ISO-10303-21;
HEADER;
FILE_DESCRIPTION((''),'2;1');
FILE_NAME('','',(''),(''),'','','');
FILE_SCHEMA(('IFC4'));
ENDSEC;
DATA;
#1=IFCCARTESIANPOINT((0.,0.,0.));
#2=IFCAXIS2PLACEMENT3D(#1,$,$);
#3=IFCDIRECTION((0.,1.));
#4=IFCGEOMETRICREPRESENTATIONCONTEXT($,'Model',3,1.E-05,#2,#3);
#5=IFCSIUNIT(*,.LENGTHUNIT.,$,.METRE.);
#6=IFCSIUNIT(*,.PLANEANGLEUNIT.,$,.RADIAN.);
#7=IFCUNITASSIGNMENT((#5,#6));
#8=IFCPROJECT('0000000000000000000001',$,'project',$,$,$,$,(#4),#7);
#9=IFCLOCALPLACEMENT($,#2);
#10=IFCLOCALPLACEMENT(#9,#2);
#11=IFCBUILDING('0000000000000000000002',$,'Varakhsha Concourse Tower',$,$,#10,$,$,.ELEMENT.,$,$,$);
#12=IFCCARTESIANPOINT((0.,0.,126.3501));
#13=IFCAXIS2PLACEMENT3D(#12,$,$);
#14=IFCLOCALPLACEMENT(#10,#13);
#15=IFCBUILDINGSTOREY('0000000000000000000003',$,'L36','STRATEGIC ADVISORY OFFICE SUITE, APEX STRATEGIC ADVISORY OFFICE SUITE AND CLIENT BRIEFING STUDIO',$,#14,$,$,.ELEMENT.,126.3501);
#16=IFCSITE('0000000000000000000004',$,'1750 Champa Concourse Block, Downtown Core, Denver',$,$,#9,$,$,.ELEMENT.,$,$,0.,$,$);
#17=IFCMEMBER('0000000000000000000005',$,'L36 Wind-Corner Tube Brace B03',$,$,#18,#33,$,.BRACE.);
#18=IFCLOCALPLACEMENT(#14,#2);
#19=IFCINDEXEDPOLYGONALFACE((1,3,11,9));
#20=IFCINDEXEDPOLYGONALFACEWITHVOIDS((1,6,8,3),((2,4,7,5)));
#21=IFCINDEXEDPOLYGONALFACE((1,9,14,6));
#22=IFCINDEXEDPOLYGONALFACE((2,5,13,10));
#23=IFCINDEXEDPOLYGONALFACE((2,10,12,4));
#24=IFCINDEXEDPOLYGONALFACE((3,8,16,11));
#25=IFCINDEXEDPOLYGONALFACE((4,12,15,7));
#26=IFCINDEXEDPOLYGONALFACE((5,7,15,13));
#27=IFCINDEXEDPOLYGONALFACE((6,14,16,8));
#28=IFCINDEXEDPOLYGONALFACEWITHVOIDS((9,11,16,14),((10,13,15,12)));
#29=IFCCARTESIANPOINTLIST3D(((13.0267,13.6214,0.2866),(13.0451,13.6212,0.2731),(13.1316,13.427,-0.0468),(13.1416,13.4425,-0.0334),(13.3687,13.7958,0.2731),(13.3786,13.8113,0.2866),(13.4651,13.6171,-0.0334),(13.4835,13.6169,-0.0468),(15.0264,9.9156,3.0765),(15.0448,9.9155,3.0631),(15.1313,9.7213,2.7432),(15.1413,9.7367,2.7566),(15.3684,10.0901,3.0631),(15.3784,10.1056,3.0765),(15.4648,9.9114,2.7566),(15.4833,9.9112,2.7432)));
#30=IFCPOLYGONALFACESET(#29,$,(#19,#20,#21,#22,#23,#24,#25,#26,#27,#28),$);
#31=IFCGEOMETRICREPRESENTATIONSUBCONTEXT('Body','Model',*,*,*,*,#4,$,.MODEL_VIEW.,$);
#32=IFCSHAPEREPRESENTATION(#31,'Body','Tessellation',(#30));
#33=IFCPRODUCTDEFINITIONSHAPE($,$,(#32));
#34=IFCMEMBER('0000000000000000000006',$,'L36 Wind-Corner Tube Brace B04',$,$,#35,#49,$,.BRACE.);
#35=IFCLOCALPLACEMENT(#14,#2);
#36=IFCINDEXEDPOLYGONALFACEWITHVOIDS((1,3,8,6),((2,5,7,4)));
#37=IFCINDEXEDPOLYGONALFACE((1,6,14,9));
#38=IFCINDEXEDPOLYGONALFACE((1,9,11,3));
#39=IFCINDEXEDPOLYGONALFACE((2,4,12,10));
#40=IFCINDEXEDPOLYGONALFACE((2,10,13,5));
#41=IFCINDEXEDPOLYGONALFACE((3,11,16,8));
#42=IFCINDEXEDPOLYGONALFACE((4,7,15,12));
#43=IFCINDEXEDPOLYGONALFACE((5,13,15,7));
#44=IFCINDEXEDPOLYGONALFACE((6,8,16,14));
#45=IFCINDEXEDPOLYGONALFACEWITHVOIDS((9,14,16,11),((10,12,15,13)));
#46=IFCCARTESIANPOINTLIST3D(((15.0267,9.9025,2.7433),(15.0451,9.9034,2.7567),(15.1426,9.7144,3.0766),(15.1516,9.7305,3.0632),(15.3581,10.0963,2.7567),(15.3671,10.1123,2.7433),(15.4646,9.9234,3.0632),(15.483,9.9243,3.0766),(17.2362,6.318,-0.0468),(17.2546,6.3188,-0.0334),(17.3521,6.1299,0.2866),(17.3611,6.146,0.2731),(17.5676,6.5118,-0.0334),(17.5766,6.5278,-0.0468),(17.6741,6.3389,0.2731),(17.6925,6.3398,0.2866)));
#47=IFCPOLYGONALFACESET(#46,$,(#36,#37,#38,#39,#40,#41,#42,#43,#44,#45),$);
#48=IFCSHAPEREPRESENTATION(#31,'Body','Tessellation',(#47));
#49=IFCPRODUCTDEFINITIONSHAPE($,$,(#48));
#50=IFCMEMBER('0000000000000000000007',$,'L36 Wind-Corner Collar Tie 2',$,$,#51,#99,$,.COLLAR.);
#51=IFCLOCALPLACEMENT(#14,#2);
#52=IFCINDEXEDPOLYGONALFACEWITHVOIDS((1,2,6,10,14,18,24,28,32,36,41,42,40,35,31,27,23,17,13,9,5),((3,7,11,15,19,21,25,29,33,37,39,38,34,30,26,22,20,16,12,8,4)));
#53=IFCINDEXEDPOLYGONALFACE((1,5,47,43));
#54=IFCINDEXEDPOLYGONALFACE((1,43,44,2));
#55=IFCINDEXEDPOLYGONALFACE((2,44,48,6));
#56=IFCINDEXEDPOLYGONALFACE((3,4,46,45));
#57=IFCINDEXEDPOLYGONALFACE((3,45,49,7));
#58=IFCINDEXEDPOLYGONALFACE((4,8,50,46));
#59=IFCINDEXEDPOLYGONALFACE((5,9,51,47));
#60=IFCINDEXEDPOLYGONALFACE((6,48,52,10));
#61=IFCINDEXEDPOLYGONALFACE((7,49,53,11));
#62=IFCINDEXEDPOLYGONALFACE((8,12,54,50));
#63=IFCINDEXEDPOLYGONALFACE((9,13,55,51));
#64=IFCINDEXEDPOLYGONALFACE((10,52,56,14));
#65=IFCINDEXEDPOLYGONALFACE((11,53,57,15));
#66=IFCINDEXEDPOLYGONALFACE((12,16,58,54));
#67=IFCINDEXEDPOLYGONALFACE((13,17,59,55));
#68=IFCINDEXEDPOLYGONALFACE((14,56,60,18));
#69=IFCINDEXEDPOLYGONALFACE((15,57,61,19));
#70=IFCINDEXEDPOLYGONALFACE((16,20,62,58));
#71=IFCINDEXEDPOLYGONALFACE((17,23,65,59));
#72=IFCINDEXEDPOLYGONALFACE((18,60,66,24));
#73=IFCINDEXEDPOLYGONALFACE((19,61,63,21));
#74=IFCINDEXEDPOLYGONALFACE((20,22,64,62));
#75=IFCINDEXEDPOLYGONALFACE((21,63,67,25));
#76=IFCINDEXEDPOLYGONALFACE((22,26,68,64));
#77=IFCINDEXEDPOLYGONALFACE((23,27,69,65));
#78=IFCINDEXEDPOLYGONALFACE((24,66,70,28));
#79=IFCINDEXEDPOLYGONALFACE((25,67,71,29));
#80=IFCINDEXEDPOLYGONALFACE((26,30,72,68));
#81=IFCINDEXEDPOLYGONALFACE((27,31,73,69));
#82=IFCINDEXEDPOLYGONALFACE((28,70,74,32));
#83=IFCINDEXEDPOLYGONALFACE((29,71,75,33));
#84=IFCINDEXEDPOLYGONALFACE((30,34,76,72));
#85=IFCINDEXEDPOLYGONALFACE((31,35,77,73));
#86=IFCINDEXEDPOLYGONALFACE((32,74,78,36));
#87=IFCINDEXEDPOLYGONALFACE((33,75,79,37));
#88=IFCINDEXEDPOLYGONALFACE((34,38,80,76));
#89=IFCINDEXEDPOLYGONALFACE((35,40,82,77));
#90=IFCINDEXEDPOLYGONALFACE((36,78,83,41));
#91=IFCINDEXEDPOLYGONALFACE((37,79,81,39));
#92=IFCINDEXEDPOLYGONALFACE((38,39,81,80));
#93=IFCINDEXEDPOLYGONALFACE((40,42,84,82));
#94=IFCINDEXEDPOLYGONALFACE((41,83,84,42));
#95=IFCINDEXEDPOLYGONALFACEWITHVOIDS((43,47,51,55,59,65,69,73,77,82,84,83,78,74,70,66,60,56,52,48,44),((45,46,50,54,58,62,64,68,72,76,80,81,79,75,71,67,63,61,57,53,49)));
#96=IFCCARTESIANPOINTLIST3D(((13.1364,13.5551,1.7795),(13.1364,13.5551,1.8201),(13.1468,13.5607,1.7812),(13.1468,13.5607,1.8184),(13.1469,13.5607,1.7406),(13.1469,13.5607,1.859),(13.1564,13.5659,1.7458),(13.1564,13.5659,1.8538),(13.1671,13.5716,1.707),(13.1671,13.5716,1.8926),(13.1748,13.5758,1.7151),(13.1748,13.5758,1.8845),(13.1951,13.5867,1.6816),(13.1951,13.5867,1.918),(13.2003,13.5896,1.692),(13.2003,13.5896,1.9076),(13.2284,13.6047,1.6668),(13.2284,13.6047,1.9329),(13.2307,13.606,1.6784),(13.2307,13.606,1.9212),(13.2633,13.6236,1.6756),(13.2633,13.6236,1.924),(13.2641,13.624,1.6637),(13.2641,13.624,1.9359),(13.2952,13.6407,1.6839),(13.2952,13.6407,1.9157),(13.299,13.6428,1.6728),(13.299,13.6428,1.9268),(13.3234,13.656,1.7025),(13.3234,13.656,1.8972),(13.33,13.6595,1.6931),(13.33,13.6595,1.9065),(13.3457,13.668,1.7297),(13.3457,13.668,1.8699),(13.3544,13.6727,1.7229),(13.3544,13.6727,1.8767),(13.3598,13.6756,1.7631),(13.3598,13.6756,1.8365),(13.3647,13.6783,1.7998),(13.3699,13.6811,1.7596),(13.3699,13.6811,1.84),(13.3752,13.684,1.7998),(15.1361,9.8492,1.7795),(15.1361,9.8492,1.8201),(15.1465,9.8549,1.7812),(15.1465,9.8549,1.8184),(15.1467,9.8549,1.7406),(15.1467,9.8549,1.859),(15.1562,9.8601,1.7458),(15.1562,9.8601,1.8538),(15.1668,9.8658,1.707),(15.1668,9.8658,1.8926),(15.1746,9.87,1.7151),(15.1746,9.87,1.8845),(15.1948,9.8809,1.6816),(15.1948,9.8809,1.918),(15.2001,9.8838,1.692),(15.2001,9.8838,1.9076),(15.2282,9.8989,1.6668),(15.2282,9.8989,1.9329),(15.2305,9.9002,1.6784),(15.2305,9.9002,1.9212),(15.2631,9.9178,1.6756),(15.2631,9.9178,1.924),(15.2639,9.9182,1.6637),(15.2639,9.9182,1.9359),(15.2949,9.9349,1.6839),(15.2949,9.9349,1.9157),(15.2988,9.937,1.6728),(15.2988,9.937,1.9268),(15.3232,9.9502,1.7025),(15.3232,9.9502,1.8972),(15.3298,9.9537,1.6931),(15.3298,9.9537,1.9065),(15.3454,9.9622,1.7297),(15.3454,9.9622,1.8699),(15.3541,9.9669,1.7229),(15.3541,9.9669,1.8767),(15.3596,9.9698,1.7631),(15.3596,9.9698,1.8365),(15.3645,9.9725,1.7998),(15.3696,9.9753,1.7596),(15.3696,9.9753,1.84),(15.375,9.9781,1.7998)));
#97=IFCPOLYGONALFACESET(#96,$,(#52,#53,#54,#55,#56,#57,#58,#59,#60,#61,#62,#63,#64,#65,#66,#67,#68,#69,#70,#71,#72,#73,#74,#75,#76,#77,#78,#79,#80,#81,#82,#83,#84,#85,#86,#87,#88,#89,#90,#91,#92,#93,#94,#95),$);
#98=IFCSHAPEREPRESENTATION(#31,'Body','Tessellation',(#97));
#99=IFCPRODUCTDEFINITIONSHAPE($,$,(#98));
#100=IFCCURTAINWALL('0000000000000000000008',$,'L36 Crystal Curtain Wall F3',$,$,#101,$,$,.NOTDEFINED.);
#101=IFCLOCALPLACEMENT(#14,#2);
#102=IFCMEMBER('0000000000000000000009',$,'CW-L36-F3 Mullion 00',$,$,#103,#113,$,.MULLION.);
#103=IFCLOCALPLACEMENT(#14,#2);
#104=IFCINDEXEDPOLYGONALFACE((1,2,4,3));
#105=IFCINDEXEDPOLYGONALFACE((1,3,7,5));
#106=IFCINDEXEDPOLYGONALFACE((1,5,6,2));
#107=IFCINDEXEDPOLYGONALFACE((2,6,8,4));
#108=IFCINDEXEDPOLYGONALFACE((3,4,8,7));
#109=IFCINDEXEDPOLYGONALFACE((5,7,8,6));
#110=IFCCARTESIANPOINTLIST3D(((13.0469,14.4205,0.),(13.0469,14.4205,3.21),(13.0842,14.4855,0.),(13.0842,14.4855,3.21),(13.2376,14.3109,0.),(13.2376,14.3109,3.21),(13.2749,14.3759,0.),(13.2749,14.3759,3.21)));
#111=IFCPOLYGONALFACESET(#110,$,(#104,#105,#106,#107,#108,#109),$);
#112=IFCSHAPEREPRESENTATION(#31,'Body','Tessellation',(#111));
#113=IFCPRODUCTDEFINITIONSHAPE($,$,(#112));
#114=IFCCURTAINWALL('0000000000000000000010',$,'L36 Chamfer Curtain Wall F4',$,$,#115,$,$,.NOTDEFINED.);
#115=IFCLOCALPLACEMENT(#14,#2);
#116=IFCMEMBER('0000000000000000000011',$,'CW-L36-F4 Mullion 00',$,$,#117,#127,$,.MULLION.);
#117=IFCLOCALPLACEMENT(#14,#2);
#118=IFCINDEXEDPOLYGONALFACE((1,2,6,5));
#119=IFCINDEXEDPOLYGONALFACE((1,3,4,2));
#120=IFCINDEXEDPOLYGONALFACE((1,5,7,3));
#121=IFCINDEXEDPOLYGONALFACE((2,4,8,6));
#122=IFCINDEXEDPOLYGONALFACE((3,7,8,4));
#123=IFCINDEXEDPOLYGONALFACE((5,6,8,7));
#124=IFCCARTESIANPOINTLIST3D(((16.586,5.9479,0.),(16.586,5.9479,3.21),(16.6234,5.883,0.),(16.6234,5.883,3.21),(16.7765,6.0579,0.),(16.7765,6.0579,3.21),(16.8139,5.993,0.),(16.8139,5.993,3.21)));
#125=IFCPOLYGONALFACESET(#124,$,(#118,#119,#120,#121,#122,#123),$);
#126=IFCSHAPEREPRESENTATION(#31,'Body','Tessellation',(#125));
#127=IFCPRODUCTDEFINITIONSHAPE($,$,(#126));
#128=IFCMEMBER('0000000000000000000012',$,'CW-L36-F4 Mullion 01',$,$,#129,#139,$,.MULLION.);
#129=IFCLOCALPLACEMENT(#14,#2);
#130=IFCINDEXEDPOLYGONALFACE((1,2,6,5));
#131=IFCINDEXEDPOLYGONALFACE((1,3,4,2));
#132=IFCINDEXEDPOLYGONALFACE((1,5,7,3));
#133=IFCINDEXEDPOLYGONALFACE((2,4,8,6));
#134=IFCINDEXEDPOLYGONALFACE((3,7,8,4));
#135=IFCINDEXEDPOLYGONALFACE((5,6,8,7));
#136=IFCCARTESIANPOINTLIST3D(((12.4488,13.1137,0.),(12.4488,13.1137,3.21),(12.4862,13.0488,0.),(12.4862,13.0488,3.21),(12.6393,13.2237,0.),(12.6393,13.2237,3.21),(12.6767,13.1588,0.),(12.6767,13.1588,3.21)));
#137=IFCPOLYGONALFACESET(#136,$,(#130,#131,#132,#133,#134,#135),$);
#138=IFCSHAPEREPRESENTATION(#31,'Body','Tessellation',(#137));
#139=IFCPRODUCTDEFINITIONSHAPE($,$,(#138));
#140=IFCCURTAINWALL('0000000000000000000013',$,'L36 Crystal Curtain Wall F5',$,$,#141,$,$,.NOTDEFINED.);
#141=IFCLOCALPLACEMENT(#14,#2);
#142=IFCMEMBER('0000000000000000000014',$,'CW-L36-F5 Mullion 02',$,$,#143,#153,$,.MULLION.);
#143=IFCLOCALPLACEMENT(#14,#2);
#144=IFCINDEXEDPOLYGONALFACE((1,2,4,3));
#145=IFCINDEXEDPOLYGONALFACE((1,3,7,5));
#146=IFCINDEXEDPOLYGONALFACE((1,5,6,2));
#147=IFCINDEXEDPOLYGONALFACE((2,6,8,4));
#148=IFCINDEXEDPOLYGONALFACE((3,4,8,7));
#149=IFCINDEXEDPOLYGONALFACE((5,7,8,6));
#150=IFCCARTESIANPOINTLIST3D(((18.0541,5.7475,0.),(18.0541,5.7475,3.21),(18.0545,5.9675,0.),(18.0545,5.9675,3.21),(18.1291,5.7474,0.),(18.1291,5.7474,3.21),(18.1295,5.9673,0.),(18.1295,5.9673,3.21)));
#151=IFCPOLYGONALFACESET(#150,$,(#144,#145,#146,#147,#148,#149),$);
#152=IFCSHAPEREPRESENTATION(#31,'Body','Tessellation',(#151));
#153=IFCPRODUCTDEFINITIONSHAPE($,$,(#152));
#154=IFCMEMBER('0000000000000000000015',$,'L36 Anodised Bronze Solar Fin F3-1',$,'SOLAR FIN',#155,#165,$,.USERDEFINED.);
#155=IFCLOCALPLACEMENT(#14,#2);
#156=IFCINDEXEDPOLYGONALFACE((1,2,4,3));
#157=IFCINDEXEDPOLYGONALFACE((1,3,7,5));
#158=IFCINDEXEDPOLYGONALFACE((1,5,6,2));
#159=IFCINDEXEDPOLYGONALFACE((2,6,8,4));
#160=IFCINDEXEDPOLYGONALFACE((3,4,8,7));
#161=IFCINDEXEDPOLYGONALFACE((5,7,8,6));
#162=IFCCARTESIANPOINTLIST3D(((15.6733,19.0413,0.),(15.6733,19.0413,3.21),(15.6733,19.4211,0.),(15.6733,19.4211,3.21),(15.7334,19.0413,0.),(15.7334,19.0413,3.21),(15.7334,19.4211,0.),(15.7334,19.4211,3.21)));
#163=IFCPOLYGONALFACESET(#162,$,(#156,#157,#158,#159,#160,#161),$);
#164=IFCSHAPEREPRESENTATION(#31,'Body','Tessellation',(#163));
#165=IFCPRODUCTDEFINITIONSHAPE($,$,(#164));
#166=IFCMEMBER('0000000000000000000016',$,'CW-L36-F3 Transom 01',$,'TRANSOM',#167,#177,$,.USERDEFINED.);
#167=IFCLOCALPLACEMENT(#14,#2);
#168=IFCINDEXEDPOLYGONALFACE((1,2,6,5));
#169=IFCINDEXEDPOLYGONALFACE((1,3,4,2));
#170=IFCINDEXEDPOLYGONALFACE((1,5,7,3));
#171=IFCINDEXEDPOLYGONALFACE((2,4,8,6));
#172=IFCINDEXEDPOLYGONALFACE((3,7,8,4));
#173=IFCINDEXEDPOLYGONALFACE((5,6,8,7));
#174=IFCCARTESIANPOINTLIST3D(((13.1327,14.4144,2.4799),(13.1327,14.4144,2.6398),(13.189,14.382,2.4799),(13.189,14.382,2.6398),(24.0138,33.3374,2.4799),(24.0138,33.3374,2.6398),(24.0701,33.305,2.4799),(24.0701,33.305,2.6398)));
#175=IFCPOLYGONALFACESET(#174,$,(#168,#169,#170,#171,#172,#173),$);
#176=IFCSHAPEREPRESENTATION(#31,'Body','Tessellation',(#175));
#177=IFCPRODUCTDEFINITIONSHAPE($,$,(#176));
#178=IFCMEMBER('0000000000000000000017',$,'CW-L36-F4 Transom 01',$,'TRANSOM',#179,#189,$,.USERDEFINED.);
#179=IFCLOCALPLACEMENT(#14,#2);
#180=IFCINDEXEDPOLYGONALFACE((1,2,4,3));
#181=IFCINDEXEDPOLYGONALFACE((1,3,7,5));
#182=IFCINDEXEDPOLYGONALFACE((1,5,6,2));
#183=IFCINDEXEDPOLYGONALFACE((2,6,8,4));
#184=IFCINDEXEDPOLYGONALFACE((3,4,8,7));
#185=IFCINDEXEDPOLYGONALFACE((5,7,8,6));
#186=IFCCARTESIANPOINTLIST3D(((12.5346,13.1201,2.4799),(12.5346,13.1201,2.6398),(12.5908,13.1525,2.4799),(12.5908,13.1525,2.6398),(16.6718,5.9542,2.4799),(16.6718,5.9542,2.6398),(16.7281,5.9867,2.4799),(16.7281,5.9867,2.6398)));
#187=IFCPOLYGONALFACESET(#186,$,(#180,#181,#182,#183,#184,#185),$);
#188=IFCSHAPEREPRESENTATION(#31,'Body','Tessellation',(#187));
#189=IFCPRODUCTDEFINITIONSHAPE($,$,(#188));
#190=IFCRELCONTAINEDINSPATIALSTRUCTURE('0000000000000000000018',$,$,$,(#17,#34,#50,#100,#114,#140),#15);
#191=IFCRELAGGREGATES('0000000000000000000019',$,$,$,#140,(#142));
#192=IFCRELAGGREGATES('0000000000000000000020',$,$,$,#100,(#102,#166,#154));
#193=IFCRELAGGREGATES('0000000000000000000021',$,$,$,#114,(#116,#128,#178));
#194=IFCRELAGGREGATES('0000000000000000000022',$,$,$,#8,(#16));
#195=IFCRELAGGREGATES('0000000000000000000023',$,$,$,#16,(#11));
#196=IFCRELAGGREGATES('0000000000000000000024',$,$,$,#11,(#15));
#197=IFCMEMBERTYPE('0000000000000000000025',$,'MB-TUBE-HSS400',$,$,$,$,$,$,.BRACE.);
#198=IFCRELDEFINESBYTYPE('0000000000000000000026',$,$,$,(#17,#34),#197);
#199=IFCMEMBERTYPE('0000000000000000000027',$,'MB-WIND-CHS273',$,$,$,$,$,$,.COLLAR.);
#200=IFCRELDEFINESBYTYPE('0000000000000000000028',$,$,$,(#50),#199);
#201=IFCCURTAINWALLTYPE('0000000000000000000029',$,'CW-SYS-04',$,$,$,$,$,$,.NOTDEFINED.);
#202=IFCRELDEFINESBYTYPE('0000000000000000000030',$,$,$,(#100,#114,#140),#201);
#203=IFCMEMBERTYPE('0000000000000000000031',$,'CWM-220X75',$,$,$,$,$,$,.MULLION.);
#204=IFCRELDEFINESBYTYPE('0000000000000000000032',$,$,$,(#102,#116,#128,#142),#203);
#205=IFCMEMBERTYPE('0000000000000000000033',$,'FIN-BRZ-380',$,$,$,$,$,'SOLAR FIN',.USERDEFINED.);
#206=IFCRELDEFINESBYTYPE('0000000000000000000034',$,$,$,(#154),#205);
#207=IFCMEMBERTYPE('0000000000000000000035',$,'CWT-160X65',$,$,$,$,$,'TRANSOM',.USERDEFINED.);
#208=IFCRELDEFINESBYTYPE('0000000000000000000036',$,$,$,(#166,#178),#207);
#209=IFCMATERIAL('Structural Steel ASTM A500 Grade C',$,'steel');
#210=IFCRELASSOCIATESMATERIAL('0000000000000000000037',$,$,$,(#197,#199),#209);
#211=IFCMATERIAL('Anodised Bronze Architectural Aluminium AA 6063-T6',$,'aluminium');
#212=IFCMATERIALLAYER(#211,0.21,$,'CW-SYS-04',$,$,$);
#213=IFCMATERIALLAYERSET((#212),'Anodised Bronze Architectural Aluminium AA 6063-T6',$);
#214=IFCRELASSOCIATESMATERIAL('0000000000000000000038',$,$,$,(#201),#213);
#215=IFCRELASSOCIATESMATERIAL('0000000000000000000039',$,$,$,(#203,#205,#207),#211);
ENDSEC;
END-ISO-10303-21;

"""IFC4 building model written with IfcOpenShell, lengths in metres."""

from ifc_helpers import new_model, si_unit, direction, frame, origin, origin_2d, place, context, subcontext, project, spatial, rectangle, hollow_rectangle, hollow_circle, extrude, source, transform, mapped, material, layer, layer_set, material_profile, profile_set, type_object, type_shapes, element, aggregate, save


model = new_model("IFC4")

# Units and contexts
model_context = context("Model", 3, precision=1e-05, world=origin(), true_north=direction((0.0, 1.0)))
body_context = subcontext(model_context, "Body", "Model", "MODEL_VIEW")
ifc_project = project(units=[si_unit("LENGTHUNIT", "METRE"), si_unit("PLANEANGLEUNIT", "RADIAN")], contexts=[model_context])

# Site, building, storey
site_placement = place(None, origin())
site = spatial("IfcSite", under=ifc_project, at=site_placement, Name="1750 Champa Concourse Block, Downtown Core, Denver", CompositionType="ELEMENT", RefElevation=0.0)
building_placement = place(site_placement, origin())
building = spatial("IfcBuilding", under=site, at=building_placement, Name="Varakhsha Concourse Tower", CompositionType="ELEMENT")
storey_placement = place(building_placement, frame((0.0, 0.0, 126.3501)))
storey = spatial("IfcBuildingStorey", under=building, at=storey_placement, Name="L36", Description="STRATEGIC ADVISORY OFFICE SUITE, APEX STRATEGIC ADVISORY OFFICE SUITE AND CLIENT BRIEFING STUDIO", CompositionType="ELEMENT", Elevation=126.3501)

# Members
ifc_material_1 = material(Name="Structural Steel ASTM A500 Grade C", Category="steel")
ifc_material_profile_1 = material_profile(ifc_material_1, hollow_rectangle(XDim=0.3999, YDim=0.3999, WallThickness=0.0161, at=origin_2d()), Name="HSS 400x400x16")
ifc_profile_set_1 = profile_set([ifc_material_profile_1], Name="Structural Steel ASTM A500 Grade C")
member_type_1 = type_object("IfcMemberType", Name="MB-TUBE-HSS400", PredefinedType="BRACE", material=ifc_profile_set_1)
shared_shape_1 = source(origin(), body_context, "Body", "SweptSolid", [
    extrude(hollow_rectangle(XDim=0.3999, YDim=0.3999, WallThickness=0.0161, at=origin_2d()), origin(), (0.0, 0.0, 1.0), 5.0513),
])
type_shapes(member_type_1, [shared_shape_1])
for number, where, z_axis, x_axis, name in (
    (1, (13.2551, 13.6191, 0.1199), (0.395884, -0.733624, 0.552333), (0.880043, 0.474895, 0.0), "L36 Wind-Corner Tube Brace B03"),
    (2, (17.4644, 6.3289, 0.1199), (-0.437416, 0.709629, 0.552353), (-0.851272, -0.524725, 0.0), "L36 Wind-Corner Tube Brace B04"),
):
    element("IfcMember", number, at=place(storey_placement, frame(where, z_axis=z_axis, x_axis=x_axis)), inside=storey, type_object=member_type_1, Name=name, PredefinedType="BRACE", context=body_context, shape_type="MappedRepresentation", body=[
        mapped(shared_shape_1, transform((0.0, 0.0, 0.0), scale=1.0)),
    ])
ifc_material_profile_2 = material_profile(ifc_material_1, hollow_circle(Radius=0.1365, WallThickness=0.012, at=origin_2d()), Name="CHS 273x12")
ifc_profile_set_2 = profile_set([ifc_material_profile_2], Name="Structural Steel ASTM A500 Grade C")
member_type_2 = type_object("IfcMemberType", Name="MB-WIND-CHS273", PredefinedType="COLLAR", material=ifc_profile_set_2)
shared_shape_2 = source(origin(), body_context, "Body", "SweptSolid", [
    extrude(hollow_circle(Radius=0.1365, WallThickness=0.012, at=origin_2d()), origin(), (0.0, 0.0, 1.0), 4.2109),
])
type_shapes(member_type_2, [shared_shape_2])
member_1_placement = place(storey_placement, frame((13.2551, 13.6191, 1.7998), z_axis=(0.474895, -0.880043, 0.0), x_axis=(0.880043, 0.474895, 0.0)))
element("IfcMember", 3, at=member_1_placement, inside=storey, type_object=member_type_2, Name="L36 Wind-Corner Collar Tie 2", PredefinedType="COLLAR", context=body_context, shape_type="MappedRepresentation", body=[
    mapped(shared_shape_2, transform((0.0, 0.0, 0.0), scale=1.0)),
])

# Curtain wall, member
ifc_material_2 = material(Name="Anodised Bronze Architectural Aluminium AA 6063-T6", Category="aluminium")
ifc_layer_1 = layer(ifc_material_2, 0.21, Name="CW-SYS-04")
ifc_layer_set_1 = layer_set([ifc_layer_1], Name="Anodised Bronze Architectural Aluminium AA 6063-T6")
curtain_wall_type = type_object("IfcCurtainWallType", Name="CW-SYS-04", PredefinedType="NOTDEFINED", material=ifc_layer_set_1)
curtain_wall_1_placement = place(storey_placement, origin())
curtain_wall_1 = element("IfcCurtainWall", 4, at=curtain_wall_1_placement, inside=storey, type_object=curtain_wall_type, Name="L36 Crystal Curtain Wall F3", PredefinedType="NOTDEFINED")
ifc_material_profile_3 = material_profile(ifc_material_2, rectangle(XDim=0.075, YDim=0.22, at=origin_2d()), Name="CWM-220X75")
ifc_profile_set_3 = profile_set([ifc_material_profile_3], Name="Anodised Bronze Architectural Aluminium AA 6063-T6")
member_type_3 = type_object("IfcMemberType", Name="CWM-220X75", PredefinedType="MULLION", material=ifc_profile_set_3)
shared_shape_3 = source(origin(), body_context, "Body", "SweptSolid", [
    extrude(rectangle(XDim=0.075, YDim=0.22, at=origin_2d()), origin(), (0.0, 0.0, 1.0), 3.21),
])
type_shapes(member_type_3, [shared_shape_3])
member_2_placement = place(storey_placement, frame((13.1609, 14.3982, 0.0), z_axis=(0.0, 0.0, 1.0), x_axis=(0.498489, 0.866896, 0.0)))
member_2 = element("IfcMember", 5, at=member_2_placement, type_object=member_type_3, Name="CW-L36-F3 Mullion 00", PredefinedType="MULLION", context=body_context, shape_type="MappedRepresentation", body=[
    mapped(shared_shape_3, transform((0.0, 0.0, 0.0), scale=1.0)),
])

# Curtain wall, members
curtain_wall_2_placement = place(storey_placement, origin())
curtain_wall_2 = element("IfcCurtainWall", 6, at=curtain_wall_2_placement, inside=storey, type_object=curtain_wall_type, Name="L36 Chamfer Curtain Wall F4", PredefinedType="NOTDEFINED")
member_3_placement = place(storey_placement, frame((16.7, 5.9705, 0.0), z_axis=(0.0, 0.0, 1.0), x_axis=(-0.500002, 0.866025, 0.0)))
member_3 = element("IfcMember", 7, at=member_3_placement, type_object=member_type_3, Name="CW-L36-F4 Mullion 00", PredefinedType="MULLION", context=body_context, shape_type="MappedRepresentation", body=[
    mapped(shared_shape_3, transform((0.0, 0.0, 0.0), scale=1.0)),
])
member_4_placement = place(storey_placement, frame((12.5627, 13.1362, 0.0), z_axis=(0.0, 0.0, 1.0), x_axis=(-0.500002, 0.866025, 0.0)))
member_4 = element("IfcMember", 8, at=member_4_placement, type_object=member_type_3, Name="CW-L36-F4 Mullion 01", PredefinedType="MULLION", context=body_context, shape_type="MappedRepresentation", body=[
    mapped(shared_shape_3, transform((0.0, 0.0, 0.0), scale=1.0)),
])

# Curtain wall, member
curtain_wall_3_placement = place(storey_placement, origin())
curtain_wall_3 = element("IfcCurtainWall", 9, at=curtain_wall_3_placement, inside=storey, type_object=curtain_wall_type, Name="L36 Crystal Curtain Wall F5", PredefinedType="NOTDEFINED")
member_5_placement = place(storey_placement, frame((18.0918, 5.8574, 0.0), z_axis=(0.0, 0.0, 1.0), x_axis=(-0.999998, 0.001745, 0.0)))
member_5 = element("IfcMember", 10, at=member_5_placement, type_object=member_type_3, Name="CW-L36-F5 Mullion 02", PredefinedType="MULLION", context=body_context, shape_type="MappedRepresentation", body=[
    mapped(shared_shape_3, transform((0.0, 0.0, 0.0), scale=1.0)),
])
aggregate(curtain_wall_3, [member_5])

# Members
ifc_material_profile_4 = material_profile(ifc_material_2, rectangle(XDim=0.0601, YDim=0.3799, at=origin_2d()), Name="FIN-BRZ-380")
ifc_profile_set_4 = profile_set([ifc_material_profile_4], Name="Anodised Bronze Architectural Aluminium AA 6063-T6")
member_type_4 = type_object("IfcMemberType", Name="FIN-BRZ-380", ElementType="SOLAR FIN", PredefinedType="USERDEFINED", material=ifc_profile_set_4)
shared_shape_4 = source(origin(), body_context, "Body", "SweptSolid", [
    extrude(rectangle(XDim=0.0601, YDim=0.3799, at=origin_2d()), origin(), (0.0, 0.0, 1.0), 3.21),
])
type_shapes(member_type_4, [shared_shape_4])
member_6_placement = place(storey_placement, frame((15.7034, 19.2312, 0.0), z_axis=(0.0, 0.0, 1.0), x_axis=(1.0, 0.0, 0.0)))
member_6 = element("IfcMember", 11, at=member_6_placement, type_object=member_type_4, Name="L36 Anodised Bronze Solar Fin F3-1", ObjectType="SOLAR FIN", PredefinedType="USERDEFINED", context=body_context, shape_type="MappedRepresentation", body=[
    mapped(shared_shape_4, transform((0.0, 0.0, 0.0), scale=1.0)),
])
ifc_material_profile_5 = material_profile(ifc_material_2, rectangle(XDim=0.0649, YDim=0.1599, at=origin_2d()), Name="CWT-160X65")
ifc_profile_set_5 = profile_set([ifc_material_profile_5], Name="Anodised Bronze Architectural Aluminium AA 6063-T6")
member_type_5 = type_object("IfcMemberType", Name="CWT-160X65", ElementType="TRANSOM", PredefinedType="USERDEFINED", material=ifc_profile_set_5)
shared_shape_5 = source(origin(), body_context, "Body", "SweptSolid", [
    extrude(rectangle(XDim=0.0649, YDim=0.1599, at=origin_2d()), origin(), (0.0, 0.0, 1.0), 21.8284),
])
member_7_placement = place(storey_placement, frame((13.1609, 14.3982, 2.5598), z_axis=(0.498482, 0.8669, 0.0), x_axis=(-0.8669, 0.498482, 0.0)))
member_7 = element("IfcMember", 12, at=member_7_placement, type_object=member_type_5, Name="CW-L36-F3 Transom 01", ObjectType="TRANSOM", PredefinedType="USERDEFINED", context=body_context, shape_type="MappedRepresentation", body=[
    mapped(shared_shape_5, transform((0.0, 0.0, 0.0), scale=1.0)),
])
shared_shape_6 = source(origin(), body_context, "Body", "SweptSolid", [
    extrude(rectangle(XDim=0.0649, YDim=0.1599, at=origin_2d()), origin(), (0.0, 0.0, 1.0), 8.2744),
])
type_shapes(member_type_5, [shared_shape_5, shared_shape_6])
member_8_placement = place(storey_placement, frame((16.7, 5.9705, 2.5598), z_axis=(-0.500004, 0.866023, 0.0), x_axis=(-0.866023, -0.500004, 0.0)))
member_8 = element("IfcMember", 13, at=member_8_placement, type_object=member_type_5, Name="CW-L36-F4 Transom 01", ObjectType="TRANSOM", PredefinedType="USERDEFINED", context=body_context, shape_type="MappedRepresentation", body=[
    mapped(shared_shape_6, transform((0.0, 0.0, 0.0), scale=1.0)),
])

aggregate(curtain_wall_1, [member_2, member_7, member_6])
aggregate(curtain_wall_2, [member_3, member_4, member_8])

save(model, "model.ifc")
